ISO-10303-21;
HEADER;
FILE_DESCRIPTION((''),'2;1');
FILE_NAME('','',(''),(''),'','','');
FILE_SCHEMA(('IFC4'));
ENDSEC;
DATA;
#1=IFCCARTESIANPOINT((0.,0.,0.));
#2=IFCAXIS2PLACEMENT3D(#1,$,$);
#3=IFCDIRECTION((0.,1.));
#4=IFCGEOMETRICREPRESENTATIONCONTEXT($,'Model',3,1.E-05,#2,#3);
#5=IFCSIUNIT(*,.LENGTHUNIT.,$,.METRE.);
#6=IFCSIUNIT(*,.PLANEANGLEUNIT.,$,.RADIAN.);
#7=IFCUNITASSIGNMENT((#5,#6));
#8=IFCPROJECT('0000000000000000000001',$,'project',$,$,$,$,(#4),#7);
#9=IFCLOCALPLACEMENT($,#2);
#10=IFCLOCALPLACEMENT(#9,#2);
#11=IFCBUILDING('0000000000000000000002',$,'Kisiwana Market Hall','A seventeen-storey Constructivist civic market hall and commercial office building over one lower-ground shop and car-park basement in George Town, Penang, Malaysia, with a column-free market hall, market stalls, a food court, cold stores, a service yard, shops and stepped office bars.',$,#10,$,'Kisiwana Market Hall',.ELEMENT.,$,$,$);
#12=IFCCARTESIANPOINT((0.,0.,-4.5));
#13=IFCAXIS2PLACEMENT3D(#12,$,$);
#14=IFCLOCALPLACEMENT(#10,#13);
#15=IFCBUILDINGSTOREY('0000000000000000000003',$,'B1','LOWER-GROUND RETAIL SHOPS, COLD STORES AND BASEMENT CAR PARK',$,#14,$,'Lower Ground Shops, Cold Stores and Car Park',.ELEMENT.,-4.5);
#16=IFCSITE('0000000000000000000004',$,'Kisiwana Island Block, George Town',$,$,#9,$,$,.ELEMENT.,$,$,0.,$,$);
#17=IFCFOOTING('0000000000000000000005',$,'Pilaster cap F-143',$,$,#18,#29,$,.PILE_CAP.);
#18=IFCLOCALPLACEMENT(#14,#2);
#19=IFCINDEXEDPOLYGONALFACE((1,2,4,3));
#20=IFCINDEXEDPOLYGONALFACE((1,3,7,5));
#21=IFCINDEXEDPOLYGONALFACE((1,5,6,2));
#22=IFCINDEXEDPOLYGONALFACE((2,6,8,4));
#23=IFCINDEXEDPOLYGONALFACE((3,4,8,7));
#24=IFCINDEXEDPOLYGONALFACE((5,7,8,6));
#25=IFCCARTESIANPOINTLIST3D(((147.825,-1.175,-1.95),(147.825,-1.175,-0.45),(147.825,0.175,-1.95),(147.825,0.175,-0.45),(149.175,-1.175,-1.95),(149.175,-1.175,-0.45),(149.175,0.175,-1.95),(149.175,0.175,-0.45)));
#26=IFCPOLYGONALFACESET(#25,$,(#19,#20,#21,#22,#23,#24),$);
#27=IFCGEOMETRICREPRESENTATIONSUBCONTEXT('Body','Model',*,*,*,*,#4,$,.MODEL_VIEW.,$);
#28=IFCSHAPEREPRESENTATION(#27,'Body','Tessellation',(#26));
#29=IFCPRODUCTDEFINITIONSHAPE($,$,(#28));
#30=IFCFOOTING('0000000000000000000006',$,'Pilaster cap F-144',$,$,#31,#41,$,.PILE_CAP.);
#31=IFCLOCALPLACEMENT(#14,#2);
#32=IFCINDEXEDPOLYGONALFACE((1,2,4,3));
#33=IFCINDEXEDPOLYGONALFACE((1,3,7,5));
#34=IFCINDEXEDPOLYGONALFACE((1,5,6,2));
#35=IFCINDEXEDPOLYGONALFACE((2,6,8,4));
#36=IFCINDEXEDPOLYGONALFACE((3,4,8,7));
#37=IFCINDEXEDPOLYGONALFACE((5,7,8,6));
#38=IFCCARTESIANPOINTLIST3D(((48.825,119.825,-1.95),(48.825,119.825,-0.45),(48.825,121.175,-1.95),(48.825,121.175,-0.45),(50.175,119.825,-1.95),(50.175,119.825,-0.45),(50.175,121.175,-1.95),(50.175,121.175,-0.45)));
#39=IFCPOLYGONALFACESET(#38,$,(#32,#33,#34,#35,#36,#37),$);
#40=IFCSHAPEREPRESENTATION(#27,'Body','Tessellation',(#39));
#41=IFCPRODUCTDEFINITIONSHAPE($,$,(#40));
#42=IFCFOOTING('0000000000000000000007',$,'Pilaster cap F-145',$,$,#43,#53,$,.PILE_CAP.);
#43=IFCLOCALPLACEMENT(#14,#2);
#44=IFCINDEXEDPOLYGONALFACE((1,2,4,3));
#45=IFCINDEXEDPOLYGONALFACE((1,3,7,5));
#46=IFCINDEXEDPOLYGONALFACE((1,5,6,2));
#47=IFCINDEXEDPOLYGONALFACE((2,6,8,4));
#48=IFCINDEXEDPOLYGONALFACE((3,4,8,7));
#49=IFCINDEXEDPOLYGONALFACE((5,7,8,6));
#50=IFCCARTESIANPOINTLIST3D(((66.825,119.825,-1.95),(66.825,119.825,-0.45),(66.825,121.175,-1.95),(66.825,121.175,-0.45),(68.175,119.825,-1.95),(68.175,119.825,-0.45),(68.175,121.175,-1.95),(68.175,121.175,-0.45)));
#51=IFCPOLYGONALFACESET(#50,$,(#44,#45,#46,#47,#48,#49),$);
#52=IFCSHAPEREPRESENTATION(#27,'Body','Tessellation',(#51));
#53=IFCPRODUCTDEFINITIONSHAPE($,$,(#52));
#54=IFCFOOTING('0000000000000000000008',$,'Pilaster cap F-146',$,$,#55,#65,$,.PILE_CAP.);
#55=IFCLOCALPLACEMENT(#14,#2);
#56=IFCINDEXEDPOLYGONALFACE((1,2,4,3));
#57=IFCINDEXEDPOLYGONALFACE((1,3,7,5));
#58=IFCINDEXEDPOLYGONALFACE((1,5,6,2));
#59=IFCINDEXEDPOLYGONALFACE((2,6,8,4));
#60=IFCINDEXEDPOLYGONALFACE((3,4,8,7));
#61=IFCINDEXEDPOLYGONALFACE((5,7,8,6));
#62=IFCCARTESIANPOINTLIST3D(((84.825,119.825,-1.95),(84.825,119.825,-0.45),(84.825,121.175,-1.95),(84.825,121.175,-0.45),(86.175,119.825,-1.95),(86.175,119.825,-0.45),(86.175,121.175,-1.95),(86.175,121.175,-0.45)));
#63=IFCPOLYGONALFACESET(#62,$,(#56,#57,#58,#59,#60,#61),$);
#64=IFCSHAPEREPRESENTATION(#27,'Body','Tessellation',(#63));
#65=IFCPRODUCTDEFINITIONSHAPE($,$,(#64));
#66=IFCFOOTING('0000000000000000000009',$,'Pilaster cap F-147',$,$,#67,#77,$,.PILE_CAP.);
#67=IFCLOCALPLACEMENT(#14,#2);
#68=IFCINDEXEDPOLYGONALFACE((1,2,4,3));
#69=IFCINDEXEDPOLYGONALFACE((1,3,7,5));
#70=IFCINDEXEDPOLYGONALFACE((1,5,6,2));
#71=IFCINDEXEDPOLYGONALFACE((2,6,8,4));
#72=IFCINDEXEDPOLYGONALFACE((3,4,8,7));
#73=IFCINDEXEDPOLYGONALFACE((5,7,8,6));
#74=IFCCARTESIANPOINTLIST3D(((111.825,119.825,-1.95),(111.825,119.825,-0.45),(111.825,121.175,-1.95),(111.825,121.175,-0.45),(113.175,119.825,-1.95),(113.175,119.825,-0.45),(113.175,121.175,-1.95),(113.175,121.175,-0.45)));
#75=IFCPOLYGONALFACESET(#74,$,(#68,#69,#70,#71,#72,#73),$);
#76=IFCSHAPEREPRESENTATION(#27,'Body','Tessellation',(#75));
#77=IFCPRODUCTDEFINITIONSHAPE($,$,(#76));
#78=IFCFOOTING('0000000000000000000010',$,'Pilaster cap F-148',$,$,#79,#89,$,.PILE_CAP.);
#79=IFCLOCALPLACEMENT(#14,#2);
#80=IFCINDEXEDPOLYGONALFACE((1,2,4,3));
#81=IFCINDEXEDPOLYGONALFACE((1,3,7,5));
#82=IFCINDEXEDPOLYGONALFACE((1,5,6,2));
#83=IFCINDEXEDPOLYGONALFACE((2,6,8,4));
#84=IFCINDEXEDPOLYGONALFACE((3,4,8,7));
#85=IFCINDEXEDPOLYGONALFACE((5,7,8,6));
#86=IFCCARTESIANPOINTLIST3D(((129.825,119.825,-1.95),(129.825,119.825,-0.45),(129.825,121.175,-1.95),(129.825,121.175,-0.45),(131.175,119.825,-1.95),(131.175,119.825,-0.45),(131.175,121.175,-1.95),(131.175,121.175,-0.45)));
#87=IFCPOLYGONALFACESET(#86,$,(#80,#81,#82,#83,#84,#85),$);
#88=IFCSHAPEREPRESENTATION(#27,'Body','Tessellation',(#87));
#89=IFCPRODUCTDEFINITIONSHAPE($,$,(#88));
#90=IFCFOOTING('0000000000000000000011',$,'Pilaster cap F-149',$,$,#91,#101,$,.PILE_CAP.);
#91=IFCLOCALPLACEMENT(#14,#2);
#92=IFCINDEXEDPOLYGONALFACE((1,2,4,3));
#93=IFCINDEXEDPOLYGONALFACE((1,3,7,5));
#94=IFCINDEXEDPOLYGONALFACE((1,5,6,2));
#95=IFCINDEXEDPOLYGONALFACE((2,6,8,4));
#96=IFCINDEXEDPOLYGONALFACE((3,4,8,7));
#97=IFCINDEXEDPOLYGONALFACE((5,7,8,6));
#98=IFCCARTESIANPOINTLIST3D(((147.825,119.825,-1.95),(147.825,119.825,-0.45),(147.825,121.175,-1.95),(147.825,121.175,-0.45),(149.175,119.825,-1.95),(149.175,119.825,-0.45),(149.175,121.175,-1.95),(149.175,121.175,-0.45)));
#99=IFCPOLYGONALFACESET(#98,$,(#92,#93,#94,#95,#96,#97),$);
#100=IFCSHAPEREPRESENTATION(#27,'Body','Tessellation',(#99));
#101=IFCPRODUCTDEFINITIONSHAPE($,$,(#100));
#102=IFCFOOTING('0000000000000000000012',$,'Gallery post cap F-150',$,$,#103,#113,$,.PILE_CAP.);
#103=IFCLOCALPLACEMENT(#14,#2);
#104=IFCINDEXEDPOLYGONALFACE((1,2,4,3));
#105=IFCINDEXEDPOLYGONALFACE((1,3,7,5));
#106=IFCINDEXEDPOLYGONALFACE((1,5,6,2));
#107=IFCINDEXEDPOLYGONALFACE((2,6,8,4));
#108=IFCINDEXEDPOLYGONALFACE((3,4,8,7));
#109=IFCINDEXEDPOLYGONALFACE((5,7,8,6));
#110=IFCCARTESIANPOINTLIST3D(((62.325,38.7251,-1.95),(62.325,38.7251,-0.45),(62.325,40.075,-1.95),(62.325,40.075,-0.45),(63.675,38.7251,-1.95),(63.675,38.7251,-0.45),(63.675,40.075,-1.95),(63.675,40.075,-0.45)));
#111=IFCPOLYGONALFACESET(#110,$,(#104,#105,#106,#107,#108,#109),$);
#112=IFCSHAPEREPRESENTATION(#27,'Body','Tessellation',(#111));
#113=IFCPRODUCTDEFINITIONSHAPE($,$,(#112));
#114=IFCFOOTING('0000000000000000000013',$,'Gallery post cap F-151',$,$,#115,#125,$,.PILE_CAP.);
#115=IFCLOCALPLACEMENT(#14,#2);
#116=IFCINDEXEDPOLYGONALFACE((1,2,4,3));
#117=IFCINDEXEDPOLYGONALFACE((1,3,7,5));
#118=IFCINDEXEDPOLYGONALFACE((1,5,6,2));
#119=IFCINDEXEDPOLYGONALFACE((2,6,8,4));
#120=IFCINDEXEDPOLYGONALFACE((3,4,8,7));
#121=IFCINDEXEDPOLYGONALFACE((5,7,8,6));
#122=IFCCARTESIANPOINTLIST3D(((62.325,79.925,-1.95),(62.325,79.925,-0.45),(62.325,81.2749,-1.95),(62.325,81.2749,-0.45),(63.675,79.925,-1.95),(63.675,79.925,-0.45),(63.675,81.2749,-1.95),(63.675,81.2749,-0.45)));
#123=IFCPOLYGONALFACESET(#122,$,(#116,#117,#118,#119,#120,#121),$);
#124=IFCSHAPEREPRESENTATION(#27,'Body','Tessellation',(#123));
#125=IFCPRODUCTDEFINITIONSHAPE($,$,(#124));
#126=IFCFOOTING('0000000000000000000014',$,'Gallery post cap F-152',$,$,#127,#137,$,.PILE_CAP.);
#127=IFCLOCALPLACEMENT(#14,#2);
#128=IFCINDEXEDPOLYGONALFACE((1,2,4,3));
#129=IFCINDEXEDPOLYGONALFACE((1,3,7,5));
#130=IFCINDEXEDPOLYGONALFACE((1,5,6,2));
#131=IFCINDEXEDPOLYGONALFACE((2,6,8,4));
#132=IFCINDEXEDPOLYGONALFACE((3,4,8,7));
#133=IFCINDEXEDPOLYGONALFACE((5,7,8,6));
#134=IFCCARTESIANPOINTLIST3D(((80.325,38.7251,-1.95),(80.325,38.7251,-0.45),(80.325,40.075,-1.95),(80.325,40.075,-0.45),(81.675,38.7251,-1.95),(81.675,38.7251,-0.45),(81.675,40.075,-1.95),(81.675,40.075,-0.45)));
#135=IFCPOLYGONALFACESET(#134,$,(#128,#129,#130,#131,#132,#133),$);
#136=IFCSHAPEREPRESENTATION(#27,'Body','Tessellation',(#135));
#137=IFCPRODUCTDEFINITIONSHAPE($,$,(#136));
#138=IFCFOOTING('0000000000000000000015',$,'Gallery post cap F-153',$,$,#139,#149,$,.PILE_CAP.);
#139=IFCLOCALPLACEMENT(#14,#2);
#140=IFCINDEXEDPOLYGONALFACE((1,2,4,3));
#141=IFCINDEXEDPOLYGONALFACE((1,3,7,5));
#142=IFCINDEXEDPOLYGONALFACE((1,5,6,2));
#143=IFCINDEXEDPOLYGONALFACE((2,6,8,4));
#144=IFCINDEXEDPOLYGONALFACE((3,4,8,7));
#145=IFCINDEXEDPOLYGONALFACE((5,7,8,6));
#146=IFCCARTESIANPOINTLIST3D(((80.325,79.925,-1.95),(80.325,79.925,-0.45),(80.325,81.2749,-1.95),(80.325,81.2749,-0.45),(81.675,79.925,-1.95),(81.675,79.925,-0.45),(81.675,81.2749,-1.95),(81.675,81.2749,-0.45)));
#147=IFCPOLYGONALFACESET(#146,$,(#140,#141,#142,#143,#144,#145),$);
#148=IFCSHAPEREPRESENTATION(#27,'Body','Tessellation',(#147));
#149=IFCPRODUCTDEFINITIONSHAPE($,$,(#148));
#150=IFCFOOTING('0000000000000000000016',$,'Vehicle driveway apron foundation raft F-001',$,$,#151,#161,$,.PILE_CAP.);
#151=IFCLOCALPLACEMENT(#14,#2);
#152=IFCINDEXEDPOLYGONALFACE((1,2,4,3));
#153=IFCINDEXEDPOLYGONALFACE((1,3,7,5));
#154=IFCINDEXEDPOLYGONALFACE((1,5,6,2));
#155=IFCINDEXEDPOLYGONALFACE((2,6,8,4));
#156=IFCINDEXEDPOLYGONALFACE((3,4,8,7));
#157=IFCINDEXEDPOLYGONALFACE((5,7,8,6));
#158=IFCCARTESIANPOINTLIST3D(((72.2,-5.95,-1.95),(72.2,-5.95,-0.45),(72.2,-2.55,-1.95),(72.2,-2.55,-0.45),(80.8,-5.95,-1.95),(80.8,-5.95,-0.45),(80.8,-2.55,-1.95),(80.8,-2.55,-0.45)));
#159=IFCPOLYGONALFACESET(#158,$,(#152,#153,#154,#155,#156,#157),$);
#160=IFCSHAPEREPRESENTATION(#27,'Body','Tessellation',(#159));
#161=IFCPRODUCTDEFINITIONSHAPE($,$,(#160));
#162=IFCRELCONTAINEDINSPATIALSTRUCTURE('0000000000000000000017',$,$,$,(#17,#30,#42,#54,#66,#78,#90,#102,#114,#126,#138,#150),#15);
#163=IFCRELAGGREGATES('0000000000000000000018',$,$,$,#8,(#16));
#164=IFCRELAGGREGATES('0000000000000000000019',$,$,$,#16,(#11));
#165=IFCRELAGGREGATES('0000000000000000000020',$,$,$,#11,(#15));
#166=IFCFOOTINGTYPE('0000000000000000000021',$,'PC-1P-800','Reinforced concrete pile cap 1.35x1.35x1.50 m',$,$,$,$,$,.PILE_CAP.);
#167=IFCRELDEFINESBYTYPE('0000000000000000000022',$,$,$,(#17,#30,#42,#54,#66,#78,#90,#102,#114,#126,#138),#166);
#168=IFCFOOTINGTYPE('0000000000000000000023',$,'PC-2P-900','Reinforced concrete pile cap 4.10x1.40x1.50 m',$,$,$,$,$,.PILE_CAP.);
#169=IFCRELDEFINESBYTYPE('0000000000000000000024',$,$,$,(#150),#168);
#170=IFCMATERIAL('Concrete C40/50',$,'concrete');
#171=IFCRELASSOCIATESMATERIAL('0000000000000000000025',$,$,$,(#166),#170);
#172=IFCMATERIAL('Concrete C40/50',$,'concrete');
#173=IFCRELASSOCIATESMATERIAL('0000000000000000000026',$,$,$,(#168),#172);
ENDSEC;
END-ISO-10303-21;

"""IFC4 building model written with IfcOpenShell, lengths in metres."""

from ifc_helpers import new_model, si_unit, direction, frame, origin, place, context, subcontext, project, spatial, polyline, outline, extrude, material, type_object, element, save


model = new_model("IFC4")

# Units and contexts
model_context = context("Model", 3, precision=1e-05, world=origin(), true_north=direction((0.0, 1.0)))
body_context = subcontext(model_context, "Body", "Model", "MODEL_VIEW")
ifc_project = project(units=[si_unit("LENGTHUNIT", "METRE"), si_unit("PLANEANGLEUNIT", "RADIAN")], contexts=[model_context])

# Site, building, storey
site_placement = place(None, origin())
site = spatial("IfcSite", under=ifc_project, at=site_placement, Name="Kisiwana Island Block, George Town", CompositionType="ELEMENT", RefElevation=0.0)
building_placement = place(site_placement, origin())
building = spatial("IfcBuilding", under=site, at=building_placement, Name="Kisiwana Market Hall", Description="A seventeen-storey Constructivist civic market hall and commercial office building over one lower-ground shop and car-park basement in George Town, Penang, Malaysia, with a column-free market hall, market stalls, a food court, cold stores, a service yard, shops and stepped office bars.", LongName="Kisiwana Market Hall", CompositionType="ELEMENT")
storey_placement = place(building_placement, frame((0.0, 0.0, -4.5)))
storey = spatial("IfcBuildingStorey", under=building, at=storey_placement, Name="B1", Description="LOWER-GROUND RETAIL SHOPS, COLD STORES AND BASEMENT CAR PARK", LongName="Lower Ground Shops, Cold Stores and Car Park", CompositionType="ELEMENT", Elevation=-4.5)

# Footings
ifc_material_1 = material(Name="Concrete C40/50", Category="concrete")
footing_type_1 = type_object("IfcFootingType", Name="PC-1P-800", Description="Reinforced concrete pile cap 1.35x1.35x1.50 m", PredefinedType="PILE_CAP", material=ifc_material_1)
footing_1_placement = place(storey_placement, frame((0.0, 0.0, -1.95)))
element("IfcFooting", 1, at=footing_1_placement, inside=storey, type_object=footing_type_1, Name="Pilaster cap F-143", PredefinedType="PILE_CAP", context=body_context, shape_type="SweptSolid", body=[
    extrude(outline(polyline([(147.825, -1.175), (149.175, -1.175), (149.175, 0.175), (147.825, 0.175), (147.825, -1.175)])), origin(), (0.0, 0.0, 1.0), 1.5),
])
footing_2_placement = place(storey_placement, frame((0.0, 0.0, -1.95)))
element("IfcFooting", 2, at=footing_2_placement, inside=storey, type_object=footing_type_1, Name="Pilaster cap F-144", PredefinedType="PILE_CAP", context=body_context, shape_type="SweptSolid", body=[
    extrude(outline(polyline([(48.825, 119.825), (50.175, 119.825), (50.175, 121.175), (48.825, 121.175), (48.825, 119.825)])), origin(), (0.0, 0.0, 1.0), 1.5),
])
footing_3_placement = place(storey_placement, frame((0.0, 0.0, -1.95)))
element("IfcFooting", 3, at=footing_3_placement, inside=storey, type_object=footing_type_1, Name="Pilaster cap F-145", PredefinedType="PILE_CAP", context=body_context, shape_type="SweptSolid", body=[
    extrude(outline(polyline([(66.825, 119.825), (68.175, 119.825), (68.175, 121.175), (66.825, 121.175), (66.825, 119.825)])), origin(), (0.0, 0.0, 1.0), 1.5),
])
footing_4_placement = place(storey_placement, frame((0.0, 0.0, -1.95)))
element("IfcFooting", 4, at=footing_4_placement, inside=storey, type_object=footing_type_1, Name="Pilaster cap F-146", PredefinedType="PILE_CAP", context=body_context, shape_type="SweptSolid", body=[
    extrude(outline(polyline([(84.825, 119.825), (86.175, 119.825), (86.175, 121.175), (84.825, 121.175), (84.825, 119.825)])), origin(), (0.0, 0.0, 1.0), 1.5),
])
footing_5_placement = place(storey_placement, frame((0.0, 0.0, -1.95)))
element("IfcFooting", 5, at=footing_5_placement, inside=storey, type_object=footing_type_1, Name="Pilaster cap F-147", PredefinedType="PILE_CAP", context=body_context, shape_type="SweptSolid", body=[
    extrude(outline(polyline([(111.825, 119.825), (113.175, 119.825), (113.175, 121.175), (111.825, 121.175), (111.825, 119.825)])), origin(), (0.0, 0.0, 1.0), 1.5),
])
footing_6_placement = place(storey_placement, frame((0.0, 0.0, -1.95)))
element("IfcFooting", 6, at=footing_6_placement, inside=storey, type_object=footing_type_1, Name="Pilaster cap F-148", PredefinedType="PILE_CAP", context=body_context, shape_type="SweptSolid", body=[
    extrude(outline(polyline([(129.825, 119.825), (131.175, 119.825), (131.175, 121.175), (129.825, 121.175), (129.825, 119.825)])), origin(), (0.0, 0.0, 1.0), 1.5),
])
footing_7_placement = place(storey_placement, frame((0.0, 0.0, -1.95)))
element("IfcFooting", 7, at=footing_7_placement, inside=storey, type_object=footing_type_1, Name="Pilaster cap F-149", PredefinedType="PILE_CAP", context=body_context, shape_type="SweptSolid", body=[
    extrude(outline(polyline([(147.825, 119.825), (149.175, 119.825), (149.175, 121.175), (147.825, 121.175), (147.825, 119.825)])), origin(), (0.0, 0.0, 1.0), 1.5),
])
footing_8_placement = place(storey_placement, frame((0.0, 0.0, -1.95)))
element("IfcFooting", 8, at=footing_8_placement, inside=storey, type_object=footing_type_1, Name="Gallery post cap F-150", PredefinedType="PILE_CAP", context=body_context, shape_type="SweptSolid", body=[
    extrude(outline(polyline([(62.325, 38.7251), (63.675, 38.7251), (63.675, 40.075), (62.325, 40.075), (62.325, 38.7251)])), origin(), (0.0, 0.0, 1.0), 1.5),
])
footing_9_placement = place(storey_placement, frame((0.0, 0.0, -1.95)))
element("IfcFooting", 9, at=footing_9_placement, inside=storey, type_object=footing_type_1, Name="Gallery post cap F-151", PredefinedType="PILE_CAP", context=body_context, shape_type="SweptSolid", body=[
    extrude(outline(polyline([(62.325, 79.925), (63.675, 79.925), (63.675, 81.2749), (62.325, 81.2749), (62.325, 79.925)])), origin(), (0.0, 0.0, 1.0), 1.5),
])
footing_10_placement = place(storey_placement, frame((0.0, 0.0, -1.95)))
element("IfcFooting", 10, at=footing_10_placement, inside=storey, type_object=footing_type_1, Name="Gallery post cap F-152", PredefinedType="PILE_CAP", context=body_context, shape_type="SweptSolid", body=[
    extrude(outline(polyline([(80.325, 38.7251), (81.675, 38.7251), (81.675, 40.075), (80.325, 40.075), (80.325, 38.7251)])), origin(), (0.0, 0.0, 1.0), 1.5),
])
footing_11_placement = place(storey_placement, frame((0.0, 0.0, -1.95)))
element("IfcFooting", 11, at=footing_11_placement, inside=storey, type_object=footing_type_1, Name="Gallery post cap F-153", PredefinedType="PILE_CAP", context=body_context, shape_type="SweptSolid", body=[
    extrude(outline(polyline([(80.325, 79.925), (81.675, 79.925), (81.675, 81.2749), (80.325, 81.2749), (80.325, 79.925)])), origin(), (0.0, 0.0, 1.0), 1.5),
])
ifc_material_2 = material(Name="Concrete C40/50", Category="concrete")
footing_type_2 = type_object("IfcFootingType", Name="PC-2P-900", Description="Reinforced concrete pile cap 4.10x1.40x1.50 m", PredefinedType="PILE_CAP", material=ifc_material_2)
footing_12_placement = place(storey_placement, frame((0.0, 0.0, -1.95)))
element("IfcFooting", 12, at=footing_12_placement, inside=storey, type_object=footing_type_2, Name="Vehicle driveway apron foundation raft F-001", PredefinedType="PILE_CAP", context=body_context, shape_type="SweptSolid", body=[
    extrude(outline(polyline([(72.2, -5.95), (80.8, -5.95), (80.8, -2.55), (72.2, -2.55), (72.2, -5.95)])), origin(), (0.0, 0.0, 1.0), 1.5),
])

save(model, "model.ifc")
